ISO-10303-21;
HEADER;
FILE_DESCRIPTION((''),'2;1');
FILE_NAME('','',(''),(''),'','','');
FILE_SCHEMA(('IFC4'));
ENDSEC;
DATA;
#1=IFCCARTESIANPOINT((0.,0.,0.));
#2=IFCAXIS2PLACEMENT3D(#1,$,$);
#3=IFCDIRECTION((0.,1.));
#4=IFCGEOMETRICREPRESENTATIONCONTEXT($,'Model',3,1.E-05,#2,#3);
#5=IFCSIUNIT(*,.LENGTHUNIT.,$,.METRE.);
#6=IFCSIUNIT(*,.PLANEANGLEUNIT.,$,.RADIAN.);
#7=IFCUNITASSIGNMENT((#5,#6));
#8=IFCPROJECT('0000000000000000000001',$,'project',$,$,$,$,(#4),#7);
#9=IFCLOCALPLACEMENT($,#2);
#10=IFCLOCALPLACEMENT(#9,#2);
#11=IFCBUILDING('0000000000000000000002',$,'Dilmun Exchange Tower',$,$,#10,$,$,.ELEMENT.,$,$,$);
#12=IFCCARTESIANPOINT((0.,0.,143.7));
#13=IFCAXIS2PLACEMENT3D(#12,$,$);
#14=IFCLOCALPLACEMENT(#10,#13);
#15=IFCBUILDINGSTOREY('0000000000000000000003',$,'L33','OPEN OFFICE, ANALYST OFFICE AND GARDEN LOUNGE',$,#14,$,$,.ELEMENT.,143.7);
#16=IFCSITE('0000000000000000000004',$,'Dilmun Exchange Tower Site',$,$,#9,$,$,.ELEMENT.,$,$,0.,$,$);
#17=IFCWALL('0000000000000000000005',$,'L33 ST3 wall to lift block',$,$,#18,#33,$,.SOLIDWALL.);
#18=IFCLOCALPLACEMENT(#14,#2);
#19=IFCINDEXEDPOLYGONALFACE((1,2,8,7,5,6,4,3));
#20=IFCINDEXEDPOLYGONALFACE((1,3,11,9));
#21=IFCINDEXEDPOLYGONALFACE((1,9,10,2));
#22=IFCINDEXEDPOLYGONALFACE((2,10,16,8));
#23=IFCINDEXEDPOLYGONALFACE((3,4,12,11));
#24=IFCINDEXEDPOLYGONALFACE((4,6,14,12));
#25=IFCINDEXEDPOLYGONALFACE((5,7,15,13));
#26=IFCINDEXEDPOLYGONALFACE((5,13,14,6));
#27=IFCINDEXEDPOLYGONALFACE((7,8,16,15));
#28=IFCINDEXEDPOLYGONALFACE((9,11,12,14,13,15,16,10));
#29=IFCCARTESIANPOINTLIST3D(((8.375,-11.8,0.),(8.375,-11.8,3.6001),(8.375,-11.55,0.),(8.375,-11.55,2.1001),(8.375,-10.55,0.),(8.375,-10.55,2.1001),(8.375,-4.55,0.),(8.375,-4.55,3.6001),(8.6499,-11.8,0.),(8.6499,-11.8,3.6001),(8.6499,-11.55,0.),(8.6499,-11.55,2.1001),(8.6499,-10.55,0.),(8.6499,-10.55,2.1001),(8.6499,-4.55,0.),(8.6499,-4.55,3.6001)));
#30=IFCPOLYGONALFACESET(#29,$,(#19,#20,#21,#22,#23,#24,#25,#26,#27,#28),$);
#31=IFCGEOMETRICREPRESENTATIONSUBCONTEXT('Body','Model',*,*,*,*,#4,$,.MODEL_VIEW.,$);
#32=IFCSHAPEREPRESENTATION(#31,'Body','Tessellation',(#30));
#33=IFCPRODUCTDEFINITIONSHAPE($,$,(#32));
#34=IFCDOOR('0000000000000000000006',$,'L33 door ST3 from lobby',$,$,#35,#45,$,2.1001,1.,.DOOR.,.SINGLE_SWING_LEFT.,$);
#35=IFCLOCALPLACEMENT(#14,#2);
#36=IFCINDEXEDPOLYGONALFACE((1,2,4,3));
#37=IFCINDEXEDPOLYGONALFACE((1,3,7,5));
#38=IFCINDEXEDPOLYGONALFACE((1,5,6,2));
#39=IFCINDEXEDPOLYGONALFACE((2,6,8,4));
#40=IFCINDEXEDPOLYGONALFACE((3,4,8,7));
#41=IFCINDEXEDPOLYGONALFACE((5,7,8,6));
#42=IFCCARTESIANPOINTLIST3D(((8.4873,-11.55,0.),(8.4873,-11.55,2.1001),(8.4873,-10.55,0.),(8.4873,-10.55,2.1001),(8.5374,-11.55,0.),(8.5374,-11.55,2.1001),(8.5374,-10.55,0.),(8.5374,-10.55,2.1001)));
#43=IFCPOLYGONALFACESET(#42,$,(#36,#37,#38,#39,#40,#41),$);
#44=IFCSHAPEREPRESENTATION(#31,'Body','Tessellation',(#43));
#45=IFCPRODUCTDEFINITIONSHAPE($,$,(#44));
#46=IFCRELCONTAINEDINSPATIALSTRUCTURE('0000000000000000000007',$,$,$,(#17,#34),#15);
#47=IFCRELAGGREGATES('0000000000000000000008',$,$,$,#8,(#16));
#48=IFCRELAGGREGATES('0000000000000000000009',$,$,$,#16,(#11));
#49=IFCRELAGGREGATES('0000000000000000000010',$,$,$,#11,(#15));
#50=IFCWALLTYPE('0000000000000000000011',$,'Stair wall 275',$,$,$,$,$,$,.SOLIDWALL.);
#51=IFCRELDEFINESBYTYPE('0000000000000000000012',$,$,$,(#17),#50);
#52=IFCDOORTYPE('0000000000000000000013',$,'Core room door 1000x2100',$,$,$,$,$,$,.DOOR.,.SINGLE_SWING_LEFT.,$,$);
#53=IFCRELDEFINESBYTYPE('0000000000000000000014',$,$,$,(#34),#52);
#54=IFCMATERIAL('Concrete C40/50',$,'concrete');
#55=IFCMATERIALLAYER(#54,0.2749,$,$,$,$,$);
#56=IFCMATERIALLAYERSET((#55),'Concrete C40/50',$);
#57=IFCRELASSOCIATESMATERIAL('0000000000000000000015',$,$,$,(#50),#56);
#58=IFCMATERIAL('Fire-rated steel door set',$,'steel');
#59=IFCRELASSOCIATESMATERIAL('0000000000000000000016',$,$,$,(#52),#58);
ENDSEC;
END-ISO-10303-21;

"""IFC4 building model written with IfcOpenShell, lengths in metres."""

from ifc_helpers import new_model, si_unit, direction, frame, frame_2d, origin, place, context, subcontext, project, spatial, rectangle, extrude, material, layer, layer_set, type_object, element, fill, save


model = new_model("IFC4")

# Units and contexts
model_context = context("Model", 3, precision=1e-05, world=origin(), true_north=direction((0.0, 1.0)))
body_context = subcontext(model_context, "Body", "Model", "MODEL_VIEW")
ifc_project = project(units=[si_unit("LENGTHUNIT", "METRE"), si_unit("PLANEANGLEUNIT", "RADIAN")], contexts=[model_context])

# Site, building, storey
site_placement = place(None, origin())
site = spatial("IfcSite", under=ifc_project, at=site_placement, Name="Dilmun Exchange Tower Site", CompositionType="ELEMENT", RefElevation=0.0)
building_placement = place(site_placement, origin())
building = spatial("IfcBuilding", under=site, at=building_placement, Name="Dilmun Exchange Tower", CompositionType="ELEMENT")
storey_placement = place(building_placement, frame((0.0, 0.0, 143.7)))
storey = spatial("IfcBuildingStorey", under=building, at=storey_placement, Name="L33", Description="OPEN OFFICE, ANALYST OFFICE AND GARDEN LOUNGE", CompositionType="ELEMENT", Elevation=143.7)

# Shared definitions
ifc_material_1 = material(Name="Concrete C40/50", Category="concrete")

# Wall, opening, door
ifc_layer_1 = layer(ifc_material_1, 0.2749)
ifc_layer_set_1 = layer_set([ifc_layer_1], Name="Concrete C40/50")
wall_type_1 = type_object("IfcWallType", Name="Stair wall 275", PredefinedType="SOLIDWALL", material=ifc_layer_set_1)
wall_1_placement = place(storey_placement, frame((8.5125, -4.55, 0.0), z_axis=(0.0, 0.0, 1.0), x_axis=(0.0, -1.0, 0.0)))
wall_1 = element("IfcWall", 1, at=wall_1_placement, inside=storey, type_object=wall_type_1, Name="L33 ST3 wall to lift block", PredefinedType="SOLIDWALL", context=body_context, shape_type="SweptSolid", body=[
    extrude(rectangle(XDim=7.25, YDim=0.2749, at=frame_2d((3.625, 0.0))), origin(), (0.0, 0.0, 1.0), 3.6001),
])
opening_placement = place(wall_1_placement, frame((6.0, 0.0, 0.0)))
opening = element("IfcOpeningElement", 2, at=opening_placement, cuts=wall_1, PredefinedType="OPENING", context=body_context, shape_type="SweptSolid", body=[
    extrude(rectangle(XDim=1.0, YDim=2.1001, at=frame_2d((0.5, 1.05))), frame((0.0, 0.1475, 0.0), z_axis=(0.0, -1.0, 0.0), x_axis=(1.0, 0.0, 0.0)), (0.0, 0.0, 1.0), 0.2949),
])
ifc_material_2 = material(Name="Fire-rated steel door set", Category="steel")
door_type = type_object("IfcDoorType", Name="Core room door 1000x2100", OperationType="SINGLE_SWING_LEFT", PredefinedType="DOOR", material=ifc_material_2)
door_placement = place(opening_placement, origin())
door = element("IfcDoor", 3, at=door_placement, inside=storey, type_object=door_type, Name="L33 door ST3 from lobby", OperationType="SINGLE_SWING_LEFT", OverallHeight=2.1001, OverallWidth=1.0, PredefinedType="DOOR", context=body_context, shape_type="SweptSolid", body=[
    extrude(rectangle(XDim=1.0, YDim=2.1001, at=frame_2d((0.5, 1.05))), frame((0.0, 0.0249, 0.0), z_axis=(0.0, -1.0, 0.0), x_axis=(1.0, 0.0, 0.0)), (0.0, 0.0, 1.0), 0.05),
])
fill(opening, door)

save(model, "model.ifc")
